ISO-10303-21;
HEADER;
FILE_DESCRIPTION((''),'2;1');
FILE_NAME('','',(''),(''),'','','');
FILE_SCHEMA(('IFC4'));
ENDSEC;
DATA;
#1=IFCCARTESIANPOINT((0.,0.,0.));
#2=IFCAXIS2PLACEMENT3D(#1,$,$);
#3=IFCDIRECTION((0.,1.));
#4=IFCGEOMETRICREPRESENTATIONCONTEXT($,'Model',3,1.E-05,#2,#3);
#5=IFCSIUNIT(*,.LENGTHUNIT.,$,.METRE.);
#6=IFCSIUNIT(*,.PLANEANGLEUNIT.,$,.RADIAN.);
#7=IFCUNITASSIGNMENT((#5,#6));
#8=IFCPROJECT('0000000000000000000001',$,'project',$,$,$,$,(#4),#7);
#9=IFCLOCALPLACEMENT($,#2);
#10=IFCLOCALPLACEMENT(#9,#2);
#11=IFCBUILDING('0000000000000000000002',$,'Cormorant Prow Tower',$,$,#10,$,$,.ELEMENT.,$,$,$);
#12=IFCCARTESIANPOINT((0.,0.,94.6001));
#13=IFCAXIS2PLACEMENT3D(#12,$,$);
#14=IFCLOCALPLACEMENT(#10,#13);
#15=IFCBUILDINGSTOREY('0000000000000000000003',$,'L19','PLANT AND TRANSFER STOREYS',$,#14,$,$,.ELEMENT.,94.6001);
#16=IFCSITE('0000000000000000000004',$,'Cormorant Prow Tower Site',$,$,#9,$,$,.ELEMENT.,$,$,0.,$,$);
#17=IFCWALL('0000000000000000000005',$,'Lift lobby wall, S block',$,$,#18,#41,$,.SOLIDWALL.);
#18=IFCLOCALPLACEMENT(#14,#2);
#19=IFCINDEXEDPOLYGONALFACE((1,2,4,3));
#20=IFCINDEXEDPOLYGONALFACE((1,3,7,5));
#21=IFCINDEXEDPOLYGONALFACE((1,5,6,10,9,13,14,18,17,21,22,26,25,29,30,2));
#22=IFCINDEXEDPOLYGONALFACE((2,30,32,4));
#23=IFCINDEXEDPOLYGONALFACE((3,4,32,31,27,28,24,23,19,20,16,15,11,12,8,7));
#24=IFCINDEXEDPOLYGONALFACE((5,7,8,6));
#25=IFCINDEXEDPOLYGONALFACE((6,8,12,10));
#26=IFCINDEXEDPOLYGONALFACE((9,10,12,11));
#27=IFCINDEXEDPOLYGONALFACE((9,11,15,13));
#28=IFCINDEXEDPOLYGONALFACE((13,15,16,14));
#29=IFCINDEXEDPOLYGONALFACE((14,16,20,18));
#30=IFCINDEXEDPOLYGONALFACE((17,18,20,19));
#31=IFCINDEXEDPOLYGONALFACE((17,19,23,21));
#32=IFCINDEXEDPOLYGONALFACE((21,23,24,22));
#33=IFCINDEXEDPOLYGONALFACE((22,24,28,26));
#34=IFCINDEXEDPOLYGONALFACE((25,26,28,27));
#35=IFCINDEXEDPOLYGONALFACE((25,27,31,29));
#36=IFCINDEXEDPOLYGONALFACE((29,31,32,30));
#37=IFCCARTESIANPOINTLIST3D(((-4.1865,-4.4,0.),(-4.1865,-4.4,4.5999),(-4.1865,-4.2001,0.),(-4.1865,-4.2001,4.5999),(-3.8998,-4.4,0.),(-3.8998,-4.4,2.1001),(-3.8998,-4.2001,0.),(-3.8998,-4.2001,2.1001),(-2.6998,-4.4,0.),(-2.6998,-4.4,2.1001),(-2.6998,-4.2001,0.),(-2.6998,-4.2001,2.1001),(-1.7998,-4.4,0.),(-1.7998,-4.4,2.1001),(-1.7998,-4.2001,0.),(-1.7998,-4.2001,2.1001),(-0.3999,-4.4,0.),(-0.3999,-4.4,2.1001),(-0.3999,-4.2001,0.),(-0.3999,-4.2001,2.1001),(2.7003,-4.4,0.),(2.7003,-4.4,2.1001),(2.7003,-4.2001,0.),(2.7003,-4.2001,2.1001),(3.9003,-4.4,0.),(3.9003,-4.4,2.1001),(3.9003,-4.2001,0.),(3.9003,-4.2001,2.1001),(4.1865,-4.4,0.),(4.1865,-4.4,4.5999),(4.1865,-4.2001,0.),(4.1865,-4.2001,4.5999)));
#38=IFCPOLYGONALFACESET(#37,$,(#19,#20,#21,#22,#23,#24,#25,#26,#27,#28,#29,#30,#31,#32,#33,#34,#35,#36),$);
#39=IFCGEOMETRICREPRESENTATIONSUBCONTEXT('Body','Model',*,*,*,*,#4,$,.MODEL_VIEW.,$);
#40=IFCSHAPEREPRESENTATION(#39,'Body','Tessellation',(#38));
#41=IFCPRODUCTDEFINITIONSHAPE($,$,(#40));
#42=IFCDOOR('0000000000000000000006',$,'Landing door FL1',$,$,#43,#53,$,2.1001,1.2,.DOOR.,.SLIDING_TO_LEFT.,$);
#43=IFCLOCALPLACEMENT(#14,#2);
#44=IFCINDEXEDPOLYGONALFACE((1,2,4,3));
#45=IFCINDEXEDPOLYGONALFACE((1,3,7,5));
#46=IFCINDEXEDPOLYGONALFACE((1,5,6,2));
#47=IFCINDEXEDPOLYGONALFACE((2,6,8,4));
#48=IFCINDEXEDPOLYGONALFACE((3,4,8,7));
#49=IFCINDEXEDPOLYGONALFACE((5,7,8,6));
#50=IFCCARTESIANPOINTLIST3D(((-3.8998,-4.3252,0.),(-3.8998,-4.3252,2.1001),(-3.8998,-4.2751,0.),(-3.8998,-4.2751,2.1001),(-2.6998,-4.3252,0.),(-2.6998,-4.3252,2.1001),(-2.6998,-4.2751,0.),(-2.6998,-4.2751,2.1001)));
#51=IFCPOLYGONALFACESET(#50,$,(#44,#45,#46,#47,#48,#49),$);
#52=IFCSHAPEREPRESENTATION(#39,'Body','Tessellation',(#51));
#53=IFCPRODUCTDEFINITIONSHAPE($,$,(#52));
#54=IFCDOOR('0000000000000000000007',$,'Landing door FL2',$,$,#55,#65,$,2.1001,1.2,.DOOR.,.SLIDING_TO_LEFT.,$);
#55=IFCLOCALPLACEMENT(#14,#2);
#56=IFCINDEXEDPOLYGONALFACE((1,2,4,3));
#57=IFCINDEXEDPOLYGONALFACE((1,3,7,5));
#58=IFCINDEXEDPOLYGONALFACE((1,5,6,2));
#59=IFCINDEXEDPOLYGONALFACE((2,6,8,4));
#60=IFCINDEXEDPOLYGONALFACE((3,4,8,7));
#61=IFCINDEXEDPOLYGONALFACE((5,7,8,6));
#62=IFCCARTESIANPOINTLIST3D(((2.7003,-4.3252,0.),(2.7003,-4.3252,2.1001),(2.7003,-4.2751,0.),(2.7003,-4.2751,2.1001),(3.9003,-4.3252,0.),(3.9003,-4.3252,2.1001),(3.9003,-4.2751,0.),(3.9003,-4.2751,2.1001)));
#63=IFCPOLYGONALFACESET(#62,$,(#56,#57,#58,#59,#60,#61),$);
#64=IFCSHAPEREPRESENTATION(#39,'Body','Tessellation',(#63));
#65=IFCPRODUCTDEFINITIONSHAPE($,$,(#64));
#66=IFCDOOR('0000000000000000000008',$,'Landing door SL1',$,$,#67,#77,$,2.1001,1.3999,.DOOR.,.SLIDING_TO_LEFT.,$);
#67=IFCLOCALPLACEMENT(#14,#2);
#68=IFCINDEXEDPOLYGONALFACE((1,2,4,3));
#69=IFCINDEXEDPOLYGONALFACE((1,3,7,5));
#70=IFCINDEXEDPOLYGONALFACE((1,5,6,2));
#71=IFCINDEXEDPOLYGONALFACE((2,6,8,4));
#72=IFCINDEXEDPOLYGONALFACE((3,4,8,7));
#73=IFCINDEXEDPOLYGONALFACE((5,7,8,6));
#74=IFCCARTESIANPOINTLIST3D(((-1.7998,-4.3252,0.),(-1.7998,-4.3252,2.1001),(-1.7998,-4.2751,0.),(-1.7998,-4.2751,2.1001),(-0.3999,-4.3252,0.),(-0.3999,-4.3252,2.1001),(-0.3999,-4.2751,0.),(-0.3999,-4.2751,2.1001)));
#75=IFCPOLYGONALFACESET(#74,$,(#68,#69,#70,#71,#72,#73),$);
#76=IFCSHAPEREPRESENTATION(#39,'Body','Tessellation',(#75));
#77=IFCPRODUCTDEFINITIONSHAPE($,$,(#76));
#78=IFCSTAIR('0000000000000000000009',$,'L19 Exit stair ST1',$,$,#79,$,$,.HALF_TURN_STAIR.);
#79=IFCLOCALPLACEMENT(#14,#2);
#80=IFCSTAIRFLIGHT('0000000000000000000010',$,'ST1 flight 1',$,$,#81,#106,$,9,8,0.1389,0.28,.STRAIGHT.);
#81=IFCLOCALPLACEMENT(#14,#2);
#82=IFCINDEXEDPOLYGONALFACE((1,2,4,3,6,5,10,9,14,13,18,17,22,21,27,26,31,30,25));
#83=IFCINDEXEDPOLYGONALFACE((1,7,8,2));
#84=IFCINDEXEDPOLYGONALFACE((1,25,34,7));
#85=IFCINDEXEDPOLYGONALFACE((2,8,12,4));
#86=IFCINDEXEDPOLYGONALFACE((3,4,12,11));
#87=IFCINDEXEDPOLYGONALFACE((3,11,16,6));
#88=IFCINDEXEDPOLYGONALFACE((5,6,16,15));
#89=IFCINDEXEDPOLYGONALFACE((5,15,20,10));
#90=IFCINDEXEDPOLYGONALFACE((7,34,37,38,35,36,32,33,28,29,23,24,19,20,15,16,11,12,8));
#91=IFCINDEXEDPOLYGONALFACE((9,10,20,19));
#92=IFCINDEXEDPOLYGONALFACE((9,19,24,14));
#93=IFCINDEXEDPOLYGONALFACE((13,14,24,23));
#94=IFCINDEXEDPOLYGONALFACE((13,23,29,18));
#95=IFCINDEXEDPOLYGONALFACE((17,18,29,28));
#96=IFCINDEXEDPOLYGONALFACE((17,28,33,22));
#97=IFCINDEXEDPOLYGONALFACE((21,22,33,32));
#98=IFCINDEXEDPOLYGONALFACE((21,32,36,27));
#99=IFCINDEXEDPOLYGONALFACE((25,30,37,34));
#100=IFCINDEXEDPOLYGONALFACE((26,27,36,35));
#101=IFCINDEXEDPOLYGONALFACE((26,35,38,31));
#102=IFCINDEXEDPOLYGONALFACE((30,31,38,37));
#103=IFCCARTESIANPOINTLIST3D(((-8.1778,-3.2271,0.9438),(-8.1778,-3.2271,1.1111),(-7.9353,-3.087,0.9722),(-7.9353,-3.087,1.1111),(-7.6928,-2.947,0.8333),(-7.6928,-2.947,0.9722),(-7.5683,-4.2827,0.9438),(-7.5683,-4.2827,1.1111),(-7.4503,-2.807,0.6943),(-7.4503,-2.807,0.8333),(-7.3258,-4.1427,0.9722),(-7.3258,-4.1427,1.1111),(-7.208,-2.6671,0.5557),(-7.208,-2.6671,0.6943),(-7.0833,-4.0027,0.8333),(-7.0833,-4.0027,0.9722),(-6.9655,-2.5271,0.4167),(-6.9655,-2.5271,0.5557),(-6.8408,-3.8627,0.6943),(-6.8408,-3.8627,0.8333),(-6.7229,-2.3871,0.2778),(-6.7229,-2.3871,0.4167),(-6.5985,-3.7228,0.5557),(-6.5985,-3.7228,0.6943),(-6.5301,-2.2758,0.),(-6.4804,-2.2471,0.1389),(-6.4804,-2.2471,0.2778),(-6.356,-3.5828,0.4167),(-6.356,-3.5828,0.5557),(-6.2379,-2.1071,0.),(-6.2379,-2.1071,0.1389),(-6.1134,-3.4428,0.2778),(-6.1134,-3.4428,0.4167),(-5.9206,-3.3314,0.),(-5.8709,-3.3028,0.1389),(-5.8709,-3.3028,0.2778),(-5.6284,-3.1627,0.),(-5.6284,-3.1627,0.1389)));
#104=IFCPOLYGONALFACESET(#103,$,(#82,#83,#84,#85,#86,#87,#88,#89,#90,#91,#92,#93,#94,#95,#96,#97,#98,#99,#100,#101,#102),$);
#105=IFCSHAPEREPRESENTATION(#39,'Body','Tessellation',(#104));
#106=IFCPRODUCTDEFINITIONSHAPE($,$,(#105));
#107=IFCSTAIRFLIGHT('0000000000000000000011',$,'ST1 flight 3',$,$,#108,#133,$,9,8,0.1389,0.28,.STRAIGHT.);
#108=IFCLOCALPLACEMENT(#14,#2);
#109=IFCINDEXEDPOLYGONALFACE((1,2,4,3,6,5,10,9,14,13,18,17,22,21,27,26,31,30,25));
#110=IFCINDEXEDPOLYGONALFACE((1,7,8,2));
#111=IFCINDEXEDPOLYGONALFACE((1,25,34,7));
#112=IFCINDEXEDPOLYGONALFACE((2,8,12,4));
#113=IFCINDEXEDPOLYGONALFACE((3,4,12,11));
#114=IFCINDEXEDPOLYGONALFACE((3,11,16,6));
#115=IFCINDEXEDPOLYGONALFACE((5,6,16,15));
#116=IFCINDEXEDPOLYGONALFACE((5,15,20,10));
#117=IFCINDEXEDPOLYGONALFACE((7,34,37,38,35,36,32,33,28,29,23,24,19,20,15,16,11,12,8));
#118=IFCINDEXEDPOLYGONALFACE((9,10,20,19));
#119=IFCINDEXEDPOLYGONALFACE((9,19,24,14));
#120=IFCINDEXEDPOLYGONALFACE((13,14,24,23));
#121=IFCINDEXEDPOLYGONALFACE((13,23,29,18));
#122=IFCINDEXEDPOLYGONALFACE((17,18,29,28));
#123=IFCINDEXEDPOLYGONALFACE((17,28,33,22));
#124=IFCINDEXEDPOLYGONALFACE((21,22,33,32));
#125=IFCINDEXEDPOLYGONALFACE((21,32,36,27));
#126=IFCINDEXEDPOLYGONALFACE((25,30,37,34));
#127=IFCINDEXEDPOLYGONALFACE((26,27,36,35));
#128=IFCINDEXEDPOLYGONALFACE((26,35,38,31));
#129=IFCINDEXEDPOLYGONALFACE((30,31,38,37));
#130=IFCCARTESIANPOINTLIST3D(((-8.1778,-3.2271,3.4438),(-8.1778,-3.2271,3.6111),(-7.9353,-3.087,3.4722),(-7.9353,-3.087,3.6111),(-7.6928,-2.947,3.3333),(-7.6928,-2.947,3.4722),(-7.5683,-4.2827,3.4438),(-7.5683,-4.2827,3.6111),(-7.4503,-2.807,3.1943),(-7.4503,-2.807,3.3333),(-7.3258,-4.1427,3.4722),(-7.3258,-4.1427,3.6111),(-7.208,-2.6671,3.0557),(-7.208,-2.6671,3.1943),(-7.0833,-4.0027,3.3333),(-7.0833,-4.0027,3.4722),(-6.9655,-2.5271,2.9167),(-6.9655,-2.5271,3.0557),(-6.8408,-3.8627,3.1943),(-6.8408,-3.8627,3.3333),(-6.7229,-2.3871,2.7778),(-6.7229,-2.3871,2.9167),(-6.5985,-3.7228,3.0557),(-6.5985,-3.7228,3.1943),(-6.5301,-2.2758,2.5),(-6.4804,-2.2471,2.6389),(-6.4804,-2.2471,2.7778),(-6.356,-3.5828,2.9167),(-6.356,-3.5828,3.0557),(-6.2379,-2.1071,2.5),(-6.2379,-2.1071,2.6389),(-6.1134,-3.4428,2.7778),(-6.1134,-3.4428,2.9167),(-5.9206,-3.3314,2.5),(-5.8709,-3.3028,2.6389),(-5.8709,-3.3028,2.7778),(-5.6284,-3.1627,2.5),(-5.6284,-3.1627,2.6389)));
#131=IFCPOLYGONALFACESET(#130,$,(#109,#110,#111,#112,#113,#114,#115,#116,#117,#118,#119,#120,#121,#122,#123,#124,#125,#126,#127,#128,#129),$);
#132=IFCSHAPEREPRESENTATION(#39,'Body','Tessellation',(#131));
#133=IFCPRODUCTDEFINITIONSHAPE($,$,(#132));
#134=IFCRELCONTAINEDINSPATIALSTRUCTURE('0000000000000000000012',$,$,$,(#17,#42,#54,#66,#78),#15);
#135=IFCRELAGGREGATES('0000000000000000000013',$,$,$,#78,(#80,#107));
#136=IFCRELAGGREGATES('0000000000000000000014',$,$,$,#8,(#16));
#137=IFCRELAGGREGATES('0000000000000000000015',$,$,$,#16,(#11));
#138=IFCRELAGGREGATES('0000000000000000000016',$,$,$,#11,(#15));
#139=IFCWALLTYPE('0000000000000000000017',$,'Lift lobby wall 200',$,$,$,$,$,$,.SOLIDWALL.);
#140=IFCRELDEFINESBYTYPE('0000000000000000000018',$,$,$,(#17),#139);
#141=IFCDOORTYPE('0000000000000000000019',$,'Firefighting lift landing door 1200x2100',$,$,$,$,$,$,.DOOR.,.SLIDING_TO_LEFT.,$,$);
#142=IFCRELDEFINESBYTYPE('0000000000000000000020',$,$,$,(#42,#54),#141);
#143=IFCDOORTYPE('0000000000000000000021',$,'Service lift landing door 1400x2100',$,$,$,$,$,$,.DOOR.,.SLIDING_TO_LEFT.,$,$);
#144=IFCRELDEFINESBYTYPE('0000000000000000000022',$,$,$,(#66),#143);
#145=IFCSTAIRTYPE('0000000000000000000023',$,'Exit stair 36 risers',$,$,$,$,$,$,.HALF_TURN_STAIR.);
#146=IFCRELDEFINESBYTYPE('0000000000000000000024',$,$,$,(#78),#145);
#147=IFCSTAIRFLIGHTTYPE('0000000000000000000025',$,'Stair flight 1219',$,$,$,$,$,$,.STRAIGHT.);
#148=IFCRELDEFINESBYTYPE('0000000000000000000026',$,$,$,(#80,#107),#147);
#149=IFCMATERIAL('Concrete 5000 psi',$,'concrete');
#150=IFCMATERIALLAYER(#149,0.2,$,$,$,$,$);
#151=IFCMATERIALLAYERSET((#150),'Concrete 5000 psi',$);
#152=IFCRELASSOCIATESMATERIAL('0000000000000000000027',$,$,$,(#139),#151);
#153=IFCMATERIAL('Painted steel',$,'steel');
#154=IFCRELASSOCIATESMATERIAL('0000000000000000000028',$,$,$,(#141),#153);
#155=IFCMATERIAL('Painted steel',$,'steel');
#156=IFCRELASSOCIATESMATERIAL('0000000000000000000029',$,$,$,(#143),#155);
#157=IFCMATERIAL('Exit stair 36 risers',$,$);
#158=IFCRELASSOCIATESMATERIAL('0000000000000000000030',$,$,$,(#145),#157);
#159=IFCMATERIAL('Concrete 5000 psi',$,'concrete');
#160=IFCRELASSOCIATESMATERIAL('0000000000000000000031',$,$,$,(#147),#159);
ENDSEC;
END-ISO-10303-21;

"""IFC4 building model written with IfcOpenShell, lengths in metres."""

from ifc_helpers import new_model, si_unit, direction, frame, frame_2d, origin, place, context, subcontext, project, spatial, polyline, rectangle, outline, extrude, material, layer, layer_set, type_object, element, fill, aggregate, save


model = new_model("IFC4")

# Units and contexts
model_context = context("Model", 3, precision=1e-05, world=origin(), true_north=direction((0.0, 1.0)))
body_context = subcontext(model_context, "Body", "Model", "MODEL_VIEW")
ifc_project = project(units=[si_unit("LENGTHUNIT", "METRE"), si_unit("PLANEANGLEUNIT", "RADIAN")], contexts=[model_context])

# Site, building, storey
site_placement = place(None, origin())
site = spatial("IfcSite", under=ifc_project, at=site_placement, Name="Cormorant Prow Tower Site", CompositionType="ELEMENT", RefElevation=0.0)
building_placement = place(site_placement, origin())
building = spatial("IfcBuilding", under=site, at=building_placement, Name="Cormorant Prow Tower", CompositionType="ELEMENT")
storey_placement = place(building_placement, frame((0.0, 0.0, 94.6001)))
storey = spatial("IfcBuildingStorey", under=building, at=storey_placement, Name="L19", Description="PLANT AND TRANSFER STOREYS", CompositionType="ELEMENT", Elevation=94.6001)

# Wall, openings, doors
ifc_material_1 = material(Name="Concrete 5000 psi", Category="concrete")
ifc_layer_1 = layer(ifc_material_1, 0.2)
ifc_layer_set_1 = layer_set([ifc_layer_1], Name="Concrete 5000 psi")
wall_type_1 = type_object("IfcWallType", Name="Lift lobby wall 200", PredefinedType="SOLIDWALL", material=ifc_layer_set_1)
wall_1_placement = place(storey_placement, frame((-4.1865, -4.3, 0.0), z_axis=(0.0, 0.0, 1.0), x_axis=(1.0, 0.0, 0.0)))
wall_1 = element("IfcWall", 1, at=wall_1_placement, inside=storey, type_object=wall_type_1, Name="Lift lobby wall, S block", PredefinedType="SOLIDWALL", context=body_context, shape_type="SweptSolid", body=[
    extrude(rectangle(XDim=8.373, YDim=0.2, at=frame_2d((4.1865, 0.0))), origin(), (0.0, 0.0, 1.0), 4.5999),
])
opening_1_placement = place(wall_1_placement, frame((0.2866, 0.0, 0.0)))
opening_1 = element("IfcOpeningElement", 2, at=opening_1_placement, cuts=wall_1, PredefinedType="OPENING", context=body_context, shape_type="SweptSolid", body=[
    extrude(rectangle(XDim=1.2, YDim=2.1001, at=frame_2d((0.6001, 1.05))), frame((0.0, 0.1099, 0.0), z_axis=(0.0, -1.0, 0.0), x_axis=(1.0, 0.0, 0.0)), (0.0, 0.0, 1.0), 0.22),
])
opening_2_placement = place(wall_1_placement, frame((2.3867, 0.0, 0.0)))
opening_2 = element("IfcOpeningElement", 3, at=opening_2_placement, cuts=wall_1, PredefinedType="OPENING", context=body_context, shape_type="SweptSolid", body=[
    extrude(rectangle(XDim=1.3999, YDim=2.1001, at=frame_2d((0.7, 1.05))), frame((0.0, 0.1099, 0.0), z_axis=(0.0, -1.0, 0.0), x_axis=(1.0, 0.0, 0.0)), (0.0, 0.0, 1.0), 0.22),
])
opening_3_placement = place(wall_1_placement, frame((6.8867, 0.0, 0.0)))
opening_3 = element("IfcOpeningElement", 4, at=opening_3_placement, cuts=wall_1, PredefinedType="OPENING", context=body_context, shape_type="SweptSolid", body=[
    extrude(rectangle(XDim=1.2, YDim=2.1001, at=frame_2d((0.6001, 1.05))), frame((0.0, 0.1099, 0.0), z_axis=(0.0, -1.0, 0.0), x_axis=(1.0, 0.0, 0.0)), (0.0, 0.0, 1.0), 0.22),
])
ifc_material_2 = material(Name="Painted steel", Category="steel")
door_type_1 = type_object("IfcDoorType", Name="Firefighting lift landing door 1200x2100", OperationType="SLIDING_TO_LEFT", PredefinedType="DOOR", material=ifc_material_2)
door_1_placement = place(opening_1_placement, origin())
door_1 = element("IfcDoor", 5, at=door_1_placement, inside=storey, type_object=door_type_1, Name="Landing door FL1", OperationType="SLIDING_TO_LEFT", OverallHeight=2.1001, OverallWidth=1.2, PredefinedType="DOOR", context=body_context, shape_type="SweptSolid", body=[
    extrude(rectangle(XDim=1.2, YDim=2.1001, at=frame_2d((0.6001, 1.05))), frame((0.0, 0.0249, 0.0), z_axis=(0.0, -1.0, 0.0), x_axis=(1.0, 0.0, 0.0)), (0.0, 0.0, 1.0), 0.05),
])
fill(opening_1, door_1)
door_2_placement = place(opening_3_placement, origin())
door_2 = element("IfcDoor", 6, at=door_2_placement, inside=storey, type_object=door_type_1, Name="Landing door FL2", OperationType="SLIDING_TO_LEFT", OverallHeight=2.1001, OverallWidth=1.2, PredefinedType="DOOR", context=body_context, shape_type="SweptSolid", body=[
    extrude(rectangle(XDim=1.2, YDim=2.1001, at=frame_2d((0.6001, 1.05))), frame((0.0, 0.0249, 0.0), z_axis=(0.0, -1.0, 0.0), x_axis=(1.0, 0.0, 0.0)), (0.0, 0.0, 1.0), 0.05),
])
fill(opening_3, door_2)
ifc_material_3 = material(Name="Painted steel", Category="steel")
door_type_2 = type_object("IfcDoorType", Name="Service lift landing door 1400x2100", OperationType="SLIDING_TO_LEFT", PredefinedType="DOOR", material=ifc_material_3)
door_3_placement = place(opening_2_placement, origin())
door_3 = element("IfcDoor", 7, at=door_3_placement, inside=storey, type_object=door_type_2, Name="Landing door SL1", OperationType="SLIDING_TO_LEFT", OverallHeight=2.1001, OverallWidth=1.3999, PredefinedType="DOOR", context=body_context, shape_type="SweptSolid", body=[
    extrude(rectangle(XDim=1.3999, YDim=2.1001, at=frame_2d((0.7, 1.05))), frame((0.0, 0.0249, 0.0), z_axis=(0.0, -1.0, 0.0), x_axis=(1.0, 0.0, 0.0)), (0.0, 0.0, 1.0), 0.05),
])
fill(opening_2, door_3)

# Stair, stair flights
ifc_material_4 = material(Name="Exit stair 36 risers")
stair_type = type_object("IfcStairType", Name="Exit stair 36 risers", PredefinedType="HALF_TURN_STAIR", material=ifc_material_4)
stair_placement = place(storey_placement, origin())
stair = element("IfcStair", 8, at=stair_placement, inside=storey, type_object=stair_type, Name="L19 Exit stair ST1", PredefinedType="HALF_TURN_STAIR")
ifc_material_5 = material(Name="Concrete 5000 psi", Category="concrete")
stair_flight_type = type_object("IfcStairFlightType", Name="Stair flight 1219", PredefinedType="STRAIGHT", material=ifc_material_5)
stair_flight_1_placement = place(storey_placement, frame((-5.9331, -2.635, 0.0), z_axis=(0.0, 0.0, 1.0), x_axis=(-0.866025, -0.5, 0.0)))
stair_flight_1 = element("IfcStairFlight", 9, at=stair_flight_1_placement, type_object=stair_flight_type, Name="ST1 flight 1", NumberOfRisers=9, NumberOfTreads=8, PredefinedType="STRAIGHT", RiserHeight=0.1389, TreadLength=0.28, context=body_context, shape_type="SweptSolid", body=[
    extrude(outline(polyline([(0.0, 0.0), (0.0, 0.1389), (0.28, 0.1389), (0.28, 0.2778), (0.5601, 0.2778), (0.5601, 0.4167), (0.8401, 0.4167), (0.8401, 0.5557), (1.1201, 0.5557), (1.1201, 0.6943), (1.3999, 0.6943), (1.3999, 0.8333), (1.6799, 0.8333), (1.6799, 0.9722), (1.96, 0.9722), (1.96, 1.1111), (2.24, 1.1111), (2.24, 1.25), (2.24, 0.9438), (0.3374, 0.0), (0.0, 0.0)])), frame((0.0, 0.6094, 0.0), z_axis=(0.0, -1.0, 0.0), x_axis=(1.0, 0.0, 0.0)), (0.0, 0.0, 1.0), 1.219),
])
stair_flight_2_placement = place(storey_placement, frame((-5.9331, -2.635, 2.5), z_axis=(0.0, 0.0, 1.0), x_axis=(-0.866025, -0.5, 0.0)))
stair_flight_2 = element("IfcStairFlight", 10, at=stair_flight_2_placement, type_object=stair_flight_type, Name="ST1 flight 3", NumberOfRisers=9, NumberOfTreads=8, PredefinedType="STRAIGHT", RiserHeight=0.1389, TreadLength=0.28, context=body_context, shape_type="SweptSolid", body=[
    extrude(outline(polyline([(0.0, 0.0), (0.0, 0.1389), (0.28, 0.1389), (0.28, 0.2778), (0.5601, 0.2778), (0.5601, 0.4167), (0.8401, 0.4167), (0.8401, 0.5557), (1.1201, 0.5557), (1.1201, 0.6943), (1.3999, 0.6943), (1.3999, 0.8333), (1.6799, 0.8333), (1.6799, 0.9722), (1.96, 0.9722), (1.96, 1.1111), (2.24, 1.1111), (2.24, 1.25), (2.24, 0.9438), (0.3374, 0.0), (0.0, 0.0)])), frame((0.0, 0.6094, 0.0), z_axis=(0.0, -1.0, 0.0), x_axis=(1.0, 0.0, 0.0)), (0.0, 0.0, 1.0), 1.219),
])
aggregate(stair, [stair_flight_1, stair_flight_2])

save(model, "model.ifc")
